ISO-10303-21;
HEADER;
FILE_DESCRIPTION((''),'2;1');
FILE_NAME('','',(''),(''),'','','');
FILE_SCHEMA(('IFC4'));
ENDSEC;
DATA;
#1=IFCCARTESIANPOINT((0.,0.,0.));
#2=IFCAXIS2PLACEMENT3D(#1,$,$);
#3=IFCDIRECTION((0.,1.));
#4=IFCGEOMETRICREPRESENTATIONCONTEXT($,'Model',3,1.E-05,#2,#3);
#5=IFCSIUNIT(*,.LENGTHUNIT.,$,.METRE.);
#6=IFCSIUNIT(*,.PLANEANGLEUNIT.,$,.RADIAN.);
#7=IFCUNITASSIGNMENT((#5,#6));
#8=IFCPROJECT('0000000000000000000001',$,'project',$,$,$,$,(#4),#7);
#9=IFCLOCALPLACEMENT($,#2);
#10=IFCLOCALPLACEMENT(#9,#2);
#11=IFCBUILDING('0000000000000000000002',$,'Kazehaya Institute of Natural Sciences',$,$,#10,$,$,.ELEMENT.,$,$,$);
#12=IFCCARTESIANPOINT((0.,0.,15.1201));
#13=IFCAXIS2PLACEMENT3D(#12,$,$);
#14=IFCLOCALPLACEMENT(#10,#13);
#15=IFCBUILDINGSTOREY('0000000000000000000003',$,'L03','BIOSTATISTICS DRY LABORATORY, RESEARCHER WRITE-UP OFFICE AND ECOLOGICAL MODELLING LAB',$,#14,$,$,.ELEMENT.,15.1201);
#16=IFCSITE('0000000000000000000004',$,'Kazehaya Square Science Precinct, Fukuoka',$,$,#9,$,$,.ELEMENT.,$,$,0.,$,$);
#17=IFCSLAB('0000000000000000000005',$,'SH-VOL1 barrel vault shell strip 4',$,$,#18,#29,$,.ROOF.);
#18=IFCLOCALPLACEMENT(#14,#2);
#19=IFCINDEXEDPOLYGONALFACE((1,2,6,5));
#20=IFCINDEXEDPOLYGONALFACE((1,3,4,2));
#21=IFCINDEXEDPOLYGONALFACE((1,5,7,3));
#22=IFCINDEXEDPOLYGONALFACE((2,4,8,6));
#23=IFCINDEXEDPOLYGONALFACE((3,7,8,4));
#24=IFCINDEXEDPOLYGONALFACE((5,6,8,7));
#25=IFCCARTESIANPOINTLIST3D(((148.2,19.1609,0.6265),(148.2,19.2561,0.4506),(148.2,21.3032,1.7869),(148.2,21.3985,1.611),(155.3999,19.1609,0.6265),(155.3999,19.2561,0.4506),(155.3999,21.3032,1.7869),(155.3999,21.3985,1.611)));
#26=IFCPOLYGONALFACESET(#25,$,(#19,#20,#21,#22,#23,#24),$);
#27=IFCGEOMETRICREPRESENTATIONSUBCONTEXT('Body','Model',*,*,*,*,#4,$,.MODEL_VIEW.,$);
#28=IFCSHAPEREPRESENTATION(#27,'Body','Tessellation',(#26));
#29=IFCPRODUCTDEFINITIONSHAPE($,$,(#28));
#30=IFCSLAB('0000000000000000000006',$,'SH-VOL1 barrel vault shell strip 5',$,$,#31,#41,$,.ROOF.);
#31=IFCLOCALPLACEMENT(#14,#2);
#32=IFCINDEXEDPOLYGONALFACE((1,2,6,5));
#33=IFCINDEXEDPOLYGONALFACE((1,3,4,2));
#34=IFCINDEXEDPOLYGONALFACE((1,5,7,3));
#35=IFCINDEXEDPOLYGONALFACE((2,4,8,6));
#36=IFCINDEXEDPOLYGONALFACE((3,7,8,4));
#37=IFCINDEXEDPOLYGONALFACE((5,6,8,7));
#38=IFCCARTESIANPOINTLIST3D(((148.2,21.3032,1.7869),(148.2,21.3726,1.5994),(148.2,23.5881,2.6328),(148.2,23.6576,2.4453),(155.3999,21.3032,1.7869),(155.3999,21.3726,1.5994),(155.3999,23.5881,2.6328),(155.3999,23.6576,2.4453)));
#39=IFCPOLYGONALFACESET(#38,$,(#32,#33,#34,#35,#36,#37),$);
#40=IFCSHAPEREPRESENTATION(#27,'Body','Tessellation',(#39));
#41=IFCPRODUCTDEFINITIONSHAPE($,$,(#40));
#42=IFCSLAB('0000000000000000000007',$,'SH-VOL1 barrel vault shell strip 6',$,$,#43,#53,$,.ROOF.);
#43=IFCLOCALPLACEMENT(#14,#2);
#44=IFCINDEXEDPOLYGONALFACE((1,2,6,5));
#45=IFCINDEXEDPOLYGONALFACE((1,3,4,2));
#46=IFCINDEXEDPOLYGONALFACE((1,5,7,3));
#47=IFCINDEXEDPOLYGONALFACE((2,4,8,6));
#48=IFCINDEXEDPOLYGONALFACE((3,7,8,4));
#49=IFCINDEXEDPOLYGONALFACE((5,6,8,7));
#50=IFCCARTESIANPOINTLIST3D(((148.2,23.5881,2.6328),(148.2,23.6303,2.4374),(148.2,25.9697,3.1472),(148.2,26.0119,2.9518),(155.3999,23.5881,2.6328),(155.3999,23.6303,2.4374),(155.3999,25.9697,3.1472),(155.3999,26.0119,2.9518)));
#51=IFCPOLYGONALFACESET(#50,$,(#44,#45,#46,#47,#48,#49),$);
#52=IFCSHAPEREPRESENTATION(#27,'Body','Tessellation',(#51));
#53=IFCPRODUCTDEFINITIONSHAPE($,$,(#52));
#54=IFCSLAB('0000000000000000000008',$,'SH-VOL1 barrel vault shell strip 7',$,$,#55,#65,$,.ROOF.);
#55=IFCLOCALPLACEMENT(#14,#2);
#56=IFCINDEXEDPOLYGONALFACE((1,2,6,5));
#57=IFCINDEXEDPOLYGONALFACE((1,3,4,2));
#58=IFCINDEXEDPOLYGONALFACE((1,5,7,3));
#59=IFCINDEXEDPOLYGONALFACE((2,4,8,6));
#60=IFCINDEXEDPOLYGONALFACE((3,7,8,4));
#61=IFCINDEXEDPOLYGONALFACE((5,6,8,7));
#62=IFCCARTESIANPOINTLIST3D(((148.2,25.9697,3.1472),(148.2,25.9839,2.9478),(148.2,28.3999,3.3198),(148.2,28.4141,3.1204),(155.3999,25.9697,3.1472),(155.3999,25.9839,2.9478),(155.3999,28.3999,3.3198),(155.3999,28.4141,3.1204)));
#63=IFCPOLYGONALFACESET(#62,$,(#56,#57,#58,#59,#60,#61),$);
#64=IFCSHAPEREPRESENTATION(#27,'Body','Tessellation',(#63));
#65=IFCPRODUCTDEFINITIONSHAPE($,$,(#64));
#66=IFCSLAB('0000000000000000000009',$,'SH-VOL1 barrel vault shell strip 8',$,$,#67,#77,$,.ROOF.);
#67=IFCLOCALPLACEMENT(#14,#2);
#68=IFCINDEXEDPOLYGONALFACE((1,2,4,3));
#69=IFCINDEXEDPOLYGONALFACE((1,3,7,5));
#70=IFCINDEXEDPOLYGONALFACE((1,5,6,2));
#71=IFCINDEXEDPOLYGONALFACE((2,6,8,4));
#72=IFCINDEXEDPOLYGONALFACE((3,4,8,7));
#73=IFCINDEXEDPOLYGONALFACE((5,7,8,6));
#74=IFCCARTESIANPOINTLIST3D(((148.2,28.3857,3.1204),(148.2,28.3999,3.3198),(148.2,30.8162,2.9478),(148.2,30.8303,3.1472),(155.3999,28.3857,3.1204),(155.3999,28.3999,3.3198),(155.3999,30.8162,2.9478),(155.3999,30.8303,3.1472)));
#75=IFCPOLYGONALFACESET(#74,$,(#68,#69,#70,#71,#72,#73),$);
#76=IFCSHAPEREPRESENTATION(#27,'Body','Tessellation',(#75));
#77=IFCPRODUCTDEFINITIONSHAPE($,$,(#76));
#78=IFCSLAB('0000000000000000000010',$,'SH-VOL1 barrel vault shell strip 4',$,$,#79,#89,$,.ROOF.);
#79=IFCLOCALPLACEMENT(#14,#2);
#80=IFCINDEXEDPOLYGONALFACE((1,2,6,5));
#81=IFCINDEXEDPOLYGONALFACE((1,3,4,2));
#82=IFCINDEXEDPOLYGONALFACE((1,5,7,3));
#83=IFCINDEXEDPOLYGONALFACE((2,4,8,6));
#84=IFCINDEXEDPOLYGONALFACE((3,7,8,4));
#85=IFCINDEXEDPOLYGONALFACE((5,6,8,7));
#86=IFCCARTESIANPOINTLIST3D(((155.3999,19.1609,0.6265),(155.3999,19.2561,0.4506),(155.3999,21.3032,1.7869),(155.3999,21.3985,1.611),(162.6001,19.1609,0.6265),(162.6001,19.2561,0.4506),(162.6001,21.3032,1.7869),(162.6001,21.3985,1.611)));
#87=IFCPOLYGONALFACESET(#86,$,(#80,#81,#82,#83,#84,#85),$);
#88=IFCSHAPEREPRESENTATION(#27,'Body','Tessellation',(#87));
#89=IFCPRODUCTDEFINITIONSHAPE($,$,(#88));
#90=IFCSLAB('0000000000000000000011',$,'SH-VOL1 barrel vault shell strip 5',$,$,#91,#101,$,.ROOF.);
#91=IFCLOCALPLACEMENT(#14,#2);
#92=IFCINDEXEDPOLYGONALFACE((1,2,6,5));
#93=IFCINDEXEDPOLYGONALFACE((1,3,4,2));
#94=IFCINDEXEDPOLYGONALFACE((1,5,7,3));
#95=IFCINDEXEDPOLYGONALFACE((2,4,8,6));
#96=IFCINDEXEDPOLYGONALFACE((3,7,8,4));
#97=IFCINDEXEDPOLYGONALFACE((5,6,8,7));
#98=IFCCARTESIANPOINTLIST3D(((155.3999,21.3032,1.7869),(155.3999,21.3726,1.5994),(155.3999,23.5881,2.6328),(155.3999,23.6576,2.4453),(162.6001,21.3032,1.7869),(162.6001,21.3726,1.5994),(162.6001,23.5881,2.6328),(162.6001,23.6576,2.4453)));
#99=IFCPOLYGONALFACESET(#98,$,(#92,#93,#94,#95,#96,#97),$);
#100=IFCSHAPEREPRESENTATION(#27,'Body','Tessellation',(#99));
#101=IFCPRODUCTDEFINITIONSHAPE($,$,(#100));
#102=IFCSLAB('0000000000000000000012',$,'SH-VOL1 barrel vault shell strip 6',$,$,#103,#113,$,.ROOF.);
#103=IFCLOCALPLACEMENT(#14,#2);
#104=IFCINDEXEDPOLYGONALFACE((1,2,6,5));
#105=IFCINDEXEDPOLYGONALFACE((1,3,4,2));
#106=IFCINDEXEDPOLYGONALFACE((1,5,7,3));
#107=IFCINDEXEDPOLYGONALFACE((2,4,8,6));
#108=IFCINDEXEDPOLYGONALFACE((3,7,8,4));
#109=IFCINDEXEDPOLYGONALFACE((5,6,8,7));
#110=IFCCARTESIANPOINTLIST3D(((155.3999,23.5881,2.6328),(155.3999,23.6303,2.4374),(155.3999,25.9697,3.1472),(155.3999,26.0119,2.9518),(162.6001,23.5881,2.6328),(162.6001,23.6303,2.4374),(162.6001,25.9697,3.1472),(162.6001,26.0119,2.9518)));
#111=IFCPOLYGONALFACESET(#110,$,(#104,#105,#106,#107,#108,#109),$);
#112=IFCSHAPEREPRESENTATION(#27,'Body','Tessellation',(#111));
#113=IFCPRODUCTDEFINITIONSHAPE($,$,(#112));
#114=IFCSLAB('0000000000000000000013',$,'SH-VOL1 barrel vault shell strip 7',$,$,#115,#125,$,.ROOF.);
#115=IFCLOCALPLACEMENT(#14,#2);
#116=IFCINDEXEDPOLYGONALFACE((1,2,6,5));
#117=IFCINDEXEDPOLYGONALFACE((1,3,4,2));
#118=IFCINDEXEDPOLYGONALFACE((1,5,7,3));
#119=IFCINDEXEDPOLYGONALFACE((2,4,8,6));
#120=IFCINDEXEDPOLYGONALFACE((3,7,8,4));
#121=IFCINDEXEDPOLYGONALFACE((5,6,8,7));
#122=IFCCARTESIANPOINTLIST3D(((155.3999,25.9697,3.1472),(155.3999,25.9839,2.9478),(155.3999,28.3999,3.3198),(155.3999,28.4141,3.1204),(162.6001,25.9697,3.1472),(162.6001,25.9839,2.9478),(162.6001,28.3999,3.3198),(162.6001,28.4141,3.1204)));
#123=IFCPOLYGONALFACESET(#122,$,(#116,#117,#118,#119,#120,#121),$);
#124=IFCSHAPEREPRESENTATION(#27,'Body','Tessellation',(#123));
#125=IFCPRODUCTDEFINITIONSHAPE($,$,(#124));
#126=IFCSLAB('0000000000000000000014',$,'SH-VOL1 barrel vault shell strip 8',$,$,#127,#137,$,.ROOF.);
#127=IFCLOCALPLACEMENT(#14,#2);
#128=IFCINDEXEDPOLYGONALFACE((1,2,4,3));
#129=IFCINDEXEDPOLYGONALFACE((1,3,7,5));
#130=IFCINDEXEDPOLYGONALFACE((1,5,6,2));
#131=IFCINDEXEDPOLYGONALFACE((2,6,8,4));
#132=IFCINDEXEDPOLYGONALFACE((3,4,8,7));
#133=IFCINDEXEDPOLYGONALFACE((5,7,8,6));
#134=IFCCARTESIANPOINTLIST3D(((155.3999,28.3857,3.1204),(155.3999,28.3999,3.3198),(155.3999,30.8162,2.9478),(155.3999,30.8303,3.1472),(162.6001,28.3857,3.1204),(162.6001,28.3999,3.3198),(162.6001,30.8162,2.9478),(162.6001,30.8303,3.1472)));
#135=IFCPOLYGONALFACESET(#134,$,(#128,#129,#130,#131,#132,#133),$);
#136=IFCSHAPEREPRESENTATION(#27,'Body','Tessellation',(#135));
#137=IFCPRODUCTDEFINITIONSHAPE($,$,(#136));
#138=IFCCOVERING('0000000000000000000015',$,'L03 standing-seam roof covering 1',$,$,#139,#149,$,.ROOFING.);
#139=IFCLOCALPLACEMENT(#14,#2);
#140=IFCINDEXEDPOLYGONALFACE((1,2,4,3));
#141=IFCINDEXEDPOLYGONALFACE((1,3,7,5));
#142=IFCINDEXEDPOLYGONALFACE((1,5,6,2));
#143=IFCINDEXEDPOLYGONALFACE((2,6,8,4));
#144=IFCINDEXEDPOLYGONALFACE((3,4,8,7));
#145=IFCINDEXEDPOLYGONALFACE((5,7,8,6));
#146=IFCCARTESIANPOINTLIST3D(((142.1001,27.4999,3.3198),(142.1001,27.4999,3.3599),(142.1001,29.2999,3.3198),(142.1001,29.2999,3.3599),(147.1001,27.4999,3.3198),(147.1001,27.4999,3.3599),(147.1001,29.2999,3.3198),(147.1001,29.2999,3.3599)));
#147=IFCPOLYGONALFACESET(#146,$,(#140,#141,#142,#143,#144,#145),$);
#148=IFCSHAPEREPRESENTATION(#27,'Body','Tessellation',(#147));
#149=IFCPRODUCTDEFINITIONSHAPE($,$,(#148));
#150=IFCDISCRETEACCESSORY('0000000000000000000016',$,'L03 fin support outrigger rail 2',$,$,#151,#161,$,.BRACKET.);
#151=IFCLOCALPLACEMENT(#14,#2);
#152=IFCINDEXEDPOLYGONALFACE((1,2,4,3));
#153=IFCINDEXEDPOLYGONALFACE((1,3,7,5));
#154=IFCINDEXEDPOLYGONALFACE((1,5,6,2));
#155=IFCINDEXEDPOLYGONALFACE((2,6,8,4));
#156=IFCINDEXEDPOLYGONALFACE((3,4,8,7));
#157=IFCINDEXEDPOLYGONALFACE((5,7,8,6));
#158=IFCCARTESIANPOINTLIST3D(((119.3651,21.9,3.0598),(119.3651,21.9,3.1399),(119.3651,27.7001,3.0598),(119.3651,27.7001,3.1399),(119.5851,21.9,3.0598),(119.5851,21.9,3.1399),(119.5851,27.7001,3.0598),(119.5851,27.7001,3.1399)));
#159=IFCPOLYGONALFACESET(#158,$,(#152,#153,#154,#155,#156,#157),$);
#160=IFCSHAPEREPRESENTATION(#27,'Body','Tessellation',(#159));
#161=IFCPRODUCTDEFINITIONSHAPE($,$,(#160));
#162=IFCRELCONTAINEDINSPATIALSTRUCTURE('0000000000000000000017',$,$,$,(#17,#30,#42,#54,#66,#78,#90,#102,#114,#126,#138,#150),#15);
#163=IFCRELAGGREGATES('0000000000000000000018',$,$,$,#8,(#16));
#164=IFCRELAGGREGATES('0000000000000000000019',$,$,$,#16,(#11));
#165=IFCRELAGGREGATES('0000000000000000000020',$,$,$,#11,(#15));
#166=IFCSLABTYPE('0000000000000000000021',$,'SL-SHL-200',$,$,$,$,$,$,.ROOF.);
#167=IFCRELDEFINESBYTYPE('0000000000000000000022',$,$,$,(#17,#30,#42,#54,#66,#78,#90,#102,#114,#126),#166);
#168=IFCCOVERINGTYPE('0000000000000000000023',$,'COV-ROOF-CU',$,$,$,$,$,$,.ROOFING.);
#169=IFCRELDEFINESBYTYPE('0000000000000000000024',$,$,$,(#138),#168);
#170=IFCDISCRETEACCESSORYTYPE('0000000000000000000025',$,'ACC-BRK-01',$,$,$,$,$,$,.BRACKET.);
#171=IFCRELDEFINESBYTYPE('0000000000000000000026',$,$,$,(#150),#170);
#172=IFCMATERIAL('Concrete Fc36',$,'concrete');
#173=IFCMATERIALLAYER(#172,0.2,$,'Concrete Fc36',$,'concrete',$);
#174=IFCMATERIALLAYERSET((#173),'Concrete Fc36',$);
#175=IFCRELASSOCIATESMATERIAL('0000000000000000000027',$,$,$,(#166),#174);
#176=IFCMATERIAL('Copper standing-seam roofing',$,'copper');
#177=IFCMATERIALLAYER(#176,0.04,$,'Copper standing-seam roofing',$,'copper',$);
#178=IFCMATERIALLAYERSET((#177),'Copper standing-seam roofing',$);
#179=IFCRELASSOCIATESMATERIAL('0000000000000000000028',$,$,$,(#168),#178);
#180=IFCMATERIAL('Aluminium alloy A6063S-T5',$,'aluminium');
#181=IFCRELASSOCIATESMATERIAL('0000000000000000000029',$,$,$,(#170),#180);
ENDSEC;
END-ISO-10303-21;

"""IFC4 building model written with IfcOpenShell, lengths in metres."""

from ifc_helpers import new_model, si_unit, direction, frame, origin, origin_2d, place, context, subcontext, project, spatial, polyline, rectangle, outline, extrude, material, layer, layer_set, type_object, element, save


model = new_model("IFC4")

# Units and contexts
model_context = context("Model", 3, precision=1e-05, world=origin(), true_north=direction((0.0, 1.0)))
body_context = subcontext(model_context, "Body", "Model", "MODEL_VIEW")
ifc_project = project(units=[si_unit("LENGTHUNIT", "METRE"), si_unit("PLANEANGLEUNIT", "RADIAN")], contexts=[model_context])

# Site, building, storey
site_placement = place(None, origin())
site = spatial("IfcSite", under=ifc_project, at=site_placement, Name="Kazehaya Square Science Precinct, Fukuoka", CompositionType="ELEMENT", RefElevation=0.0)
building_placement = place(site_placement, origin())
building = spatial("IfcBuilding", under=site, at=building_placement, Name="Kazehaya Institute of Natural Sciences", CompositionType="ELEMENT")
storey_placement = place(building_placement, frame((0.0, 0.0, 15.1201)))
storey = spatial("IfcBuildingStorey", under=building, at=storey_placement, Name="L03", Description="BIOSTATISTICS DRY LABORATORY, RESEARCHER WRITE-UP OFFICE AND ECOLOGICAL MODELLING LAB", CompositionType="ELEMENT", Elevation=15.1201)

# Slabs
ifc_material_1 = material(Name="Concrete Fc36", Category="concrete")
ifc_layer_1 = layer(ifc_material_1, 0.2, Name="Concrete Fc36", Category="concrete")
ifc_layer_set_1 = layer_set([ifc_layer_1], Name="Concrete Fc36")
slab_type = type_object("IfcSlabType", Name="SL-SHL-200", PredefinedType="ROOF", material=ifc_layer_set_1)
slab_1_placement = place(storey_placement, frame((148.2, 19.1609, 0.6265), z_axis=(0.0, -0.476273, 0.879297), x_axis=(1.0, 0.0, 0.0)))
element("IfcSlab", 1, at=slab_1_placement, inside=storey, type_object=slab_type, Name="SH-VOL1 barrel vault shell strip 4", PredefinedType="ROOF", context=body_context, shape_type="SweptSolid", body=[
    extrude(outline(polyline([(0.0, 0.0), (7.2, 0.0), (7.2, 2.4364), (0.0, 2.4364), (0.0, 0.0)])), origin(), (0.0, 0.0, -1.0), 0.2),
])
slab_2_placement = place(storey_placement, frame((148.2, 21.3032, 1.7869), z_axis=(0.0, -0.3472, 0.937791), x_axis=(1.0, 0.0, 0.0)))
element("IfcSlab", 2, at=slab_2_placement, inside=storey, type_object=slab_type, Name="SH-VOL1 barrel vault shell strip 5", PredefinedType="ROOF", context=body_context, shape_type="SweptSolid", body=[
    extrude(outline(polyline([(0.0, 0.0), (7.2, 0.0), (7.2, 2.4365), (0.0, 2.4365), (0.0, 0.0)])), origin(), (0.0, 0.0, -1.0), 0.2),
])
slab_3_placement = place(storey_placement, frame((148.2, 23.5881, 2.6328), z_axis=(0.0, -0.211123, 0.977459), x_axis=(1.0, 0.0, 0.0)))
element("IfcSlab", 3, at=slab_3_placement, inside=storey, type_object=slab_type, Name="SH-VOL1 barrel vault shell strip 6", PredefinedType="ROOF", context=body_context, shape_type="SweptSolid", body=[
    extrude(outline(polyline([(0.0, 0.0), (7.2, 0.0), (7.2, 2.4365), (0.0, 2.4365), (0.0, 0.0)])), origin(), (0.0, 0.0, -1.0), 0.2),
])
slab_4_placement = place(storey_placement, frame((148.2, 25.9697, 3.1472), z_axis=(0.0, -0.070848, 0.997487), x_axis=(1.0, 0.0, 0.0)))
element("IfcSlab", 4, at=slab_4_placement, inside=storey, type_object=slab_type, Name="SH-VOL1 barrel vault shell strip 7", PredefinedType="ROOF", context=body_context, shape_type="SweptSolid", body=[
    extrude(outline(polyline([(0.0, 0.0), (7.2, 0.0), (7.2, 2.4363), (0.0, 2.4363), (0.0, 0.0)])), origin(), (0.0, 0.0, -1.0), 0.2),
])
slab_5_placement = place(storey_placement, frame((148.2, 28.3999, 3.3198), z_axis=(0.0, 0.070841, 0.997488), x_axis=(1.0, 0.0, 0.0)))
element("IfcSlab", 5, at=slab_5_placement, inside=storey, type_object=slab_type, Name="SH-VOL1 barrel vault shell strip 8", PredefinedType="ROOF", context=body_context, shape_type="SweptSolid", body=[
    extrude(outline(polyline([(0.0, 0.0), (7.2, 0.0), (7.2, 2.4365), (0.0, 2.4365), (0.0, 0.0)])), origin(), (0.0, 0.0, -1.0), 0.2),
])
slab_6_placement = place(storey_placement, frame((155.3999, 19.1609, 0.6265), z_axis=(0.0, -0.476273, 0.879297), x_axis=(1.0, 0.0, 0.0)))
element("IfcSlab", 6, at=slab_6_placement, inside=storey, type_object=slab_type, Name="SH-VOL1 barrel vault shell strip 4", PredefinedType="ROOF", context=body_context, shape_type="SweptSolid", body=[
    extrude(outline(polyline([(0.0, 0.0), (7.2002, 0.0), (7.2002, 2.4364), (0.0, 2.4364), (0.0, 0.0)])), origin(), (0.0, 0.0, -1.0), 0.2),
])
slab_7_placement = place(storey_placement, frame((155.3999, 21.3032, 1.7869), z_axis=(0.0, -0.3472, 0.937791), x_axis=(1.0, 0.0, 0.0)))
element("IfcSlab", 7, at=slab_7_placement, inside=storey, type_object=slab_type, Name="SH-VOL1 barrel vault shell strip 5", PredefinedType="ROOF", context=body_context, shape_type="SweptSolid", body=[
    extrude(outline(polyline([(0.0, 0.0), (7.2002, 0.0), (7.2002, 2.4365), (0.0, 2.4365), (0.0, 0.0)])), origin(), (0.0, 0.0, -1.0), 0.2),
])
slab_8_placement = place(storey_placement, frame((155.3999, 23.5881, 2.6328), z_axis=(0.0, -0.211123, 0.977459), x_axis=(1.0, 0.0, 0.0)))
element("IfcSlab", 8, at=slab_8_placement, inside=storey, type_object=slab_type, Name="SH-VOL1 barrel vault shell strip 6", PredefinedType="ROOF", context=body_context, shape_type="SweptSolid", body=[
    extrude(outline(polyline([(0.0, 0.0), (7.2002, 0.0), (7.2002, 2.4365), (0.0, 2.4365), (0.0, 0.0)])), origin(), (0.0, 0.0, -1.0), 0.2),
])
slab_9_placement = place(storey_placement, frame((155.3999, 25.9697, 3.1472), z_axis=(0.0, -0.070848, 0.997487), x_axis=(1.0, 0.0, 0.0)))
element("IfcSlab", 9, at=slab_9_placement, inside=storey, type_object=slab_type, Name="SH-VOL1 barrel vault shell strip 7", PredefinedType="ROOF", context=body_context, shape_type="SweptSolid", body=[
    extrude(outline(polyline([(0.0, 0.0), (7.2002, 0.0), (7.2002, 2.4363), (0.0, 2.4363), (0.0, 0.0)])), origin(), (0.0, 0.0, -1.0), 0.2),
])
slab_10_placement = place(storey_placement, frame((155.3999, 28.3999, 3.3198), z_axis=(0.0, 0.070841, 0.997488), x_axis=(1.0, 0.0, 0.0)))
element("IfcSlab", 10, at=slab_10_placement, inside=storey, type_object=slab_type, Name="SH-VOL1 barrel vault shell strip 8", PredefinedType="ROOF", context=body_context, shape_type="SweptSolid", body=[
    extrude(outline(polyline([(0.0, 0.0), (7.2002, 0.0), (7.2002, 2.4365), (0.0, 2.4365), (0.0, 0.0)])), origin(), (0.0, 0.0, -1.0), 0.2),
])

# Covering
ifc_material_2 = material(Name="Copper standing-seam roofing", Category="copper")
ifc_layer_2 = layer(ifc_material_2, 0.04, Name="Copper standing-seam roofing", Category="copper")
ifc_layer_set_2 = layer_set([ifc_layer_2], Name="Copper standing-seam roofing")
covering_type = type_object("IfcCoveringType", Name="COV-ROOF-CU", PredefinedType="ROOFING", material=ifc_layer_set_2)
covering_placement = place(storey_placement, frame((144.6001, 28.3999, 3.3198), z_axis=(0.0, 0.0, 1.0), x_axis=(1.0, 0.0, 0.0)))
element("IfcCovering", 11, at=covering_placement, inside=storey, type_object=covering_type, Name="L03 standing-seam roof covering 1", PredefinedType="ROOFING", context=body_context, shape_type="SweptSolid", body=[
    extrude(rectangle(XDim=5.0, YDim=1.8, at=origin_2d()), origin(), (0.0, 0.0, 1.0), 0.04),
])

# Discrete accessory
ifc_material_3 = material(Name="Aluminium alloy A6063S-T5", Category="aluminium")
discrete_accessory_type = type_object("IfcDiscreteAccessoryType", Name="ACC-BRK-01", PredefinedType="BRACKET", material=ifc_material_3)
discrete_accessory_placement = place(storey_placement, frame((119.4751, 24.8, 3.0598), z_axis=(0.0, 0.0, 1.0), x_axis=(0.0, -1.0, 0.0)))
element("IfcDiscreteAccessory", 12, at=discrete_accessory_placement, inside=storey, type_object=discrete_accessory_type, Name="L03 fin support outrigger rail 2", PredefinedType="BRACKET", context=body_context, shape_type="SweptSolid", body=[
    extrude(rectangle(XDim=5.8, YDim=0.22, at=origin_2d()), origin(), (0.0, 0.0, 1.0), 0.0801),
])

save(model, "model.ifc")
